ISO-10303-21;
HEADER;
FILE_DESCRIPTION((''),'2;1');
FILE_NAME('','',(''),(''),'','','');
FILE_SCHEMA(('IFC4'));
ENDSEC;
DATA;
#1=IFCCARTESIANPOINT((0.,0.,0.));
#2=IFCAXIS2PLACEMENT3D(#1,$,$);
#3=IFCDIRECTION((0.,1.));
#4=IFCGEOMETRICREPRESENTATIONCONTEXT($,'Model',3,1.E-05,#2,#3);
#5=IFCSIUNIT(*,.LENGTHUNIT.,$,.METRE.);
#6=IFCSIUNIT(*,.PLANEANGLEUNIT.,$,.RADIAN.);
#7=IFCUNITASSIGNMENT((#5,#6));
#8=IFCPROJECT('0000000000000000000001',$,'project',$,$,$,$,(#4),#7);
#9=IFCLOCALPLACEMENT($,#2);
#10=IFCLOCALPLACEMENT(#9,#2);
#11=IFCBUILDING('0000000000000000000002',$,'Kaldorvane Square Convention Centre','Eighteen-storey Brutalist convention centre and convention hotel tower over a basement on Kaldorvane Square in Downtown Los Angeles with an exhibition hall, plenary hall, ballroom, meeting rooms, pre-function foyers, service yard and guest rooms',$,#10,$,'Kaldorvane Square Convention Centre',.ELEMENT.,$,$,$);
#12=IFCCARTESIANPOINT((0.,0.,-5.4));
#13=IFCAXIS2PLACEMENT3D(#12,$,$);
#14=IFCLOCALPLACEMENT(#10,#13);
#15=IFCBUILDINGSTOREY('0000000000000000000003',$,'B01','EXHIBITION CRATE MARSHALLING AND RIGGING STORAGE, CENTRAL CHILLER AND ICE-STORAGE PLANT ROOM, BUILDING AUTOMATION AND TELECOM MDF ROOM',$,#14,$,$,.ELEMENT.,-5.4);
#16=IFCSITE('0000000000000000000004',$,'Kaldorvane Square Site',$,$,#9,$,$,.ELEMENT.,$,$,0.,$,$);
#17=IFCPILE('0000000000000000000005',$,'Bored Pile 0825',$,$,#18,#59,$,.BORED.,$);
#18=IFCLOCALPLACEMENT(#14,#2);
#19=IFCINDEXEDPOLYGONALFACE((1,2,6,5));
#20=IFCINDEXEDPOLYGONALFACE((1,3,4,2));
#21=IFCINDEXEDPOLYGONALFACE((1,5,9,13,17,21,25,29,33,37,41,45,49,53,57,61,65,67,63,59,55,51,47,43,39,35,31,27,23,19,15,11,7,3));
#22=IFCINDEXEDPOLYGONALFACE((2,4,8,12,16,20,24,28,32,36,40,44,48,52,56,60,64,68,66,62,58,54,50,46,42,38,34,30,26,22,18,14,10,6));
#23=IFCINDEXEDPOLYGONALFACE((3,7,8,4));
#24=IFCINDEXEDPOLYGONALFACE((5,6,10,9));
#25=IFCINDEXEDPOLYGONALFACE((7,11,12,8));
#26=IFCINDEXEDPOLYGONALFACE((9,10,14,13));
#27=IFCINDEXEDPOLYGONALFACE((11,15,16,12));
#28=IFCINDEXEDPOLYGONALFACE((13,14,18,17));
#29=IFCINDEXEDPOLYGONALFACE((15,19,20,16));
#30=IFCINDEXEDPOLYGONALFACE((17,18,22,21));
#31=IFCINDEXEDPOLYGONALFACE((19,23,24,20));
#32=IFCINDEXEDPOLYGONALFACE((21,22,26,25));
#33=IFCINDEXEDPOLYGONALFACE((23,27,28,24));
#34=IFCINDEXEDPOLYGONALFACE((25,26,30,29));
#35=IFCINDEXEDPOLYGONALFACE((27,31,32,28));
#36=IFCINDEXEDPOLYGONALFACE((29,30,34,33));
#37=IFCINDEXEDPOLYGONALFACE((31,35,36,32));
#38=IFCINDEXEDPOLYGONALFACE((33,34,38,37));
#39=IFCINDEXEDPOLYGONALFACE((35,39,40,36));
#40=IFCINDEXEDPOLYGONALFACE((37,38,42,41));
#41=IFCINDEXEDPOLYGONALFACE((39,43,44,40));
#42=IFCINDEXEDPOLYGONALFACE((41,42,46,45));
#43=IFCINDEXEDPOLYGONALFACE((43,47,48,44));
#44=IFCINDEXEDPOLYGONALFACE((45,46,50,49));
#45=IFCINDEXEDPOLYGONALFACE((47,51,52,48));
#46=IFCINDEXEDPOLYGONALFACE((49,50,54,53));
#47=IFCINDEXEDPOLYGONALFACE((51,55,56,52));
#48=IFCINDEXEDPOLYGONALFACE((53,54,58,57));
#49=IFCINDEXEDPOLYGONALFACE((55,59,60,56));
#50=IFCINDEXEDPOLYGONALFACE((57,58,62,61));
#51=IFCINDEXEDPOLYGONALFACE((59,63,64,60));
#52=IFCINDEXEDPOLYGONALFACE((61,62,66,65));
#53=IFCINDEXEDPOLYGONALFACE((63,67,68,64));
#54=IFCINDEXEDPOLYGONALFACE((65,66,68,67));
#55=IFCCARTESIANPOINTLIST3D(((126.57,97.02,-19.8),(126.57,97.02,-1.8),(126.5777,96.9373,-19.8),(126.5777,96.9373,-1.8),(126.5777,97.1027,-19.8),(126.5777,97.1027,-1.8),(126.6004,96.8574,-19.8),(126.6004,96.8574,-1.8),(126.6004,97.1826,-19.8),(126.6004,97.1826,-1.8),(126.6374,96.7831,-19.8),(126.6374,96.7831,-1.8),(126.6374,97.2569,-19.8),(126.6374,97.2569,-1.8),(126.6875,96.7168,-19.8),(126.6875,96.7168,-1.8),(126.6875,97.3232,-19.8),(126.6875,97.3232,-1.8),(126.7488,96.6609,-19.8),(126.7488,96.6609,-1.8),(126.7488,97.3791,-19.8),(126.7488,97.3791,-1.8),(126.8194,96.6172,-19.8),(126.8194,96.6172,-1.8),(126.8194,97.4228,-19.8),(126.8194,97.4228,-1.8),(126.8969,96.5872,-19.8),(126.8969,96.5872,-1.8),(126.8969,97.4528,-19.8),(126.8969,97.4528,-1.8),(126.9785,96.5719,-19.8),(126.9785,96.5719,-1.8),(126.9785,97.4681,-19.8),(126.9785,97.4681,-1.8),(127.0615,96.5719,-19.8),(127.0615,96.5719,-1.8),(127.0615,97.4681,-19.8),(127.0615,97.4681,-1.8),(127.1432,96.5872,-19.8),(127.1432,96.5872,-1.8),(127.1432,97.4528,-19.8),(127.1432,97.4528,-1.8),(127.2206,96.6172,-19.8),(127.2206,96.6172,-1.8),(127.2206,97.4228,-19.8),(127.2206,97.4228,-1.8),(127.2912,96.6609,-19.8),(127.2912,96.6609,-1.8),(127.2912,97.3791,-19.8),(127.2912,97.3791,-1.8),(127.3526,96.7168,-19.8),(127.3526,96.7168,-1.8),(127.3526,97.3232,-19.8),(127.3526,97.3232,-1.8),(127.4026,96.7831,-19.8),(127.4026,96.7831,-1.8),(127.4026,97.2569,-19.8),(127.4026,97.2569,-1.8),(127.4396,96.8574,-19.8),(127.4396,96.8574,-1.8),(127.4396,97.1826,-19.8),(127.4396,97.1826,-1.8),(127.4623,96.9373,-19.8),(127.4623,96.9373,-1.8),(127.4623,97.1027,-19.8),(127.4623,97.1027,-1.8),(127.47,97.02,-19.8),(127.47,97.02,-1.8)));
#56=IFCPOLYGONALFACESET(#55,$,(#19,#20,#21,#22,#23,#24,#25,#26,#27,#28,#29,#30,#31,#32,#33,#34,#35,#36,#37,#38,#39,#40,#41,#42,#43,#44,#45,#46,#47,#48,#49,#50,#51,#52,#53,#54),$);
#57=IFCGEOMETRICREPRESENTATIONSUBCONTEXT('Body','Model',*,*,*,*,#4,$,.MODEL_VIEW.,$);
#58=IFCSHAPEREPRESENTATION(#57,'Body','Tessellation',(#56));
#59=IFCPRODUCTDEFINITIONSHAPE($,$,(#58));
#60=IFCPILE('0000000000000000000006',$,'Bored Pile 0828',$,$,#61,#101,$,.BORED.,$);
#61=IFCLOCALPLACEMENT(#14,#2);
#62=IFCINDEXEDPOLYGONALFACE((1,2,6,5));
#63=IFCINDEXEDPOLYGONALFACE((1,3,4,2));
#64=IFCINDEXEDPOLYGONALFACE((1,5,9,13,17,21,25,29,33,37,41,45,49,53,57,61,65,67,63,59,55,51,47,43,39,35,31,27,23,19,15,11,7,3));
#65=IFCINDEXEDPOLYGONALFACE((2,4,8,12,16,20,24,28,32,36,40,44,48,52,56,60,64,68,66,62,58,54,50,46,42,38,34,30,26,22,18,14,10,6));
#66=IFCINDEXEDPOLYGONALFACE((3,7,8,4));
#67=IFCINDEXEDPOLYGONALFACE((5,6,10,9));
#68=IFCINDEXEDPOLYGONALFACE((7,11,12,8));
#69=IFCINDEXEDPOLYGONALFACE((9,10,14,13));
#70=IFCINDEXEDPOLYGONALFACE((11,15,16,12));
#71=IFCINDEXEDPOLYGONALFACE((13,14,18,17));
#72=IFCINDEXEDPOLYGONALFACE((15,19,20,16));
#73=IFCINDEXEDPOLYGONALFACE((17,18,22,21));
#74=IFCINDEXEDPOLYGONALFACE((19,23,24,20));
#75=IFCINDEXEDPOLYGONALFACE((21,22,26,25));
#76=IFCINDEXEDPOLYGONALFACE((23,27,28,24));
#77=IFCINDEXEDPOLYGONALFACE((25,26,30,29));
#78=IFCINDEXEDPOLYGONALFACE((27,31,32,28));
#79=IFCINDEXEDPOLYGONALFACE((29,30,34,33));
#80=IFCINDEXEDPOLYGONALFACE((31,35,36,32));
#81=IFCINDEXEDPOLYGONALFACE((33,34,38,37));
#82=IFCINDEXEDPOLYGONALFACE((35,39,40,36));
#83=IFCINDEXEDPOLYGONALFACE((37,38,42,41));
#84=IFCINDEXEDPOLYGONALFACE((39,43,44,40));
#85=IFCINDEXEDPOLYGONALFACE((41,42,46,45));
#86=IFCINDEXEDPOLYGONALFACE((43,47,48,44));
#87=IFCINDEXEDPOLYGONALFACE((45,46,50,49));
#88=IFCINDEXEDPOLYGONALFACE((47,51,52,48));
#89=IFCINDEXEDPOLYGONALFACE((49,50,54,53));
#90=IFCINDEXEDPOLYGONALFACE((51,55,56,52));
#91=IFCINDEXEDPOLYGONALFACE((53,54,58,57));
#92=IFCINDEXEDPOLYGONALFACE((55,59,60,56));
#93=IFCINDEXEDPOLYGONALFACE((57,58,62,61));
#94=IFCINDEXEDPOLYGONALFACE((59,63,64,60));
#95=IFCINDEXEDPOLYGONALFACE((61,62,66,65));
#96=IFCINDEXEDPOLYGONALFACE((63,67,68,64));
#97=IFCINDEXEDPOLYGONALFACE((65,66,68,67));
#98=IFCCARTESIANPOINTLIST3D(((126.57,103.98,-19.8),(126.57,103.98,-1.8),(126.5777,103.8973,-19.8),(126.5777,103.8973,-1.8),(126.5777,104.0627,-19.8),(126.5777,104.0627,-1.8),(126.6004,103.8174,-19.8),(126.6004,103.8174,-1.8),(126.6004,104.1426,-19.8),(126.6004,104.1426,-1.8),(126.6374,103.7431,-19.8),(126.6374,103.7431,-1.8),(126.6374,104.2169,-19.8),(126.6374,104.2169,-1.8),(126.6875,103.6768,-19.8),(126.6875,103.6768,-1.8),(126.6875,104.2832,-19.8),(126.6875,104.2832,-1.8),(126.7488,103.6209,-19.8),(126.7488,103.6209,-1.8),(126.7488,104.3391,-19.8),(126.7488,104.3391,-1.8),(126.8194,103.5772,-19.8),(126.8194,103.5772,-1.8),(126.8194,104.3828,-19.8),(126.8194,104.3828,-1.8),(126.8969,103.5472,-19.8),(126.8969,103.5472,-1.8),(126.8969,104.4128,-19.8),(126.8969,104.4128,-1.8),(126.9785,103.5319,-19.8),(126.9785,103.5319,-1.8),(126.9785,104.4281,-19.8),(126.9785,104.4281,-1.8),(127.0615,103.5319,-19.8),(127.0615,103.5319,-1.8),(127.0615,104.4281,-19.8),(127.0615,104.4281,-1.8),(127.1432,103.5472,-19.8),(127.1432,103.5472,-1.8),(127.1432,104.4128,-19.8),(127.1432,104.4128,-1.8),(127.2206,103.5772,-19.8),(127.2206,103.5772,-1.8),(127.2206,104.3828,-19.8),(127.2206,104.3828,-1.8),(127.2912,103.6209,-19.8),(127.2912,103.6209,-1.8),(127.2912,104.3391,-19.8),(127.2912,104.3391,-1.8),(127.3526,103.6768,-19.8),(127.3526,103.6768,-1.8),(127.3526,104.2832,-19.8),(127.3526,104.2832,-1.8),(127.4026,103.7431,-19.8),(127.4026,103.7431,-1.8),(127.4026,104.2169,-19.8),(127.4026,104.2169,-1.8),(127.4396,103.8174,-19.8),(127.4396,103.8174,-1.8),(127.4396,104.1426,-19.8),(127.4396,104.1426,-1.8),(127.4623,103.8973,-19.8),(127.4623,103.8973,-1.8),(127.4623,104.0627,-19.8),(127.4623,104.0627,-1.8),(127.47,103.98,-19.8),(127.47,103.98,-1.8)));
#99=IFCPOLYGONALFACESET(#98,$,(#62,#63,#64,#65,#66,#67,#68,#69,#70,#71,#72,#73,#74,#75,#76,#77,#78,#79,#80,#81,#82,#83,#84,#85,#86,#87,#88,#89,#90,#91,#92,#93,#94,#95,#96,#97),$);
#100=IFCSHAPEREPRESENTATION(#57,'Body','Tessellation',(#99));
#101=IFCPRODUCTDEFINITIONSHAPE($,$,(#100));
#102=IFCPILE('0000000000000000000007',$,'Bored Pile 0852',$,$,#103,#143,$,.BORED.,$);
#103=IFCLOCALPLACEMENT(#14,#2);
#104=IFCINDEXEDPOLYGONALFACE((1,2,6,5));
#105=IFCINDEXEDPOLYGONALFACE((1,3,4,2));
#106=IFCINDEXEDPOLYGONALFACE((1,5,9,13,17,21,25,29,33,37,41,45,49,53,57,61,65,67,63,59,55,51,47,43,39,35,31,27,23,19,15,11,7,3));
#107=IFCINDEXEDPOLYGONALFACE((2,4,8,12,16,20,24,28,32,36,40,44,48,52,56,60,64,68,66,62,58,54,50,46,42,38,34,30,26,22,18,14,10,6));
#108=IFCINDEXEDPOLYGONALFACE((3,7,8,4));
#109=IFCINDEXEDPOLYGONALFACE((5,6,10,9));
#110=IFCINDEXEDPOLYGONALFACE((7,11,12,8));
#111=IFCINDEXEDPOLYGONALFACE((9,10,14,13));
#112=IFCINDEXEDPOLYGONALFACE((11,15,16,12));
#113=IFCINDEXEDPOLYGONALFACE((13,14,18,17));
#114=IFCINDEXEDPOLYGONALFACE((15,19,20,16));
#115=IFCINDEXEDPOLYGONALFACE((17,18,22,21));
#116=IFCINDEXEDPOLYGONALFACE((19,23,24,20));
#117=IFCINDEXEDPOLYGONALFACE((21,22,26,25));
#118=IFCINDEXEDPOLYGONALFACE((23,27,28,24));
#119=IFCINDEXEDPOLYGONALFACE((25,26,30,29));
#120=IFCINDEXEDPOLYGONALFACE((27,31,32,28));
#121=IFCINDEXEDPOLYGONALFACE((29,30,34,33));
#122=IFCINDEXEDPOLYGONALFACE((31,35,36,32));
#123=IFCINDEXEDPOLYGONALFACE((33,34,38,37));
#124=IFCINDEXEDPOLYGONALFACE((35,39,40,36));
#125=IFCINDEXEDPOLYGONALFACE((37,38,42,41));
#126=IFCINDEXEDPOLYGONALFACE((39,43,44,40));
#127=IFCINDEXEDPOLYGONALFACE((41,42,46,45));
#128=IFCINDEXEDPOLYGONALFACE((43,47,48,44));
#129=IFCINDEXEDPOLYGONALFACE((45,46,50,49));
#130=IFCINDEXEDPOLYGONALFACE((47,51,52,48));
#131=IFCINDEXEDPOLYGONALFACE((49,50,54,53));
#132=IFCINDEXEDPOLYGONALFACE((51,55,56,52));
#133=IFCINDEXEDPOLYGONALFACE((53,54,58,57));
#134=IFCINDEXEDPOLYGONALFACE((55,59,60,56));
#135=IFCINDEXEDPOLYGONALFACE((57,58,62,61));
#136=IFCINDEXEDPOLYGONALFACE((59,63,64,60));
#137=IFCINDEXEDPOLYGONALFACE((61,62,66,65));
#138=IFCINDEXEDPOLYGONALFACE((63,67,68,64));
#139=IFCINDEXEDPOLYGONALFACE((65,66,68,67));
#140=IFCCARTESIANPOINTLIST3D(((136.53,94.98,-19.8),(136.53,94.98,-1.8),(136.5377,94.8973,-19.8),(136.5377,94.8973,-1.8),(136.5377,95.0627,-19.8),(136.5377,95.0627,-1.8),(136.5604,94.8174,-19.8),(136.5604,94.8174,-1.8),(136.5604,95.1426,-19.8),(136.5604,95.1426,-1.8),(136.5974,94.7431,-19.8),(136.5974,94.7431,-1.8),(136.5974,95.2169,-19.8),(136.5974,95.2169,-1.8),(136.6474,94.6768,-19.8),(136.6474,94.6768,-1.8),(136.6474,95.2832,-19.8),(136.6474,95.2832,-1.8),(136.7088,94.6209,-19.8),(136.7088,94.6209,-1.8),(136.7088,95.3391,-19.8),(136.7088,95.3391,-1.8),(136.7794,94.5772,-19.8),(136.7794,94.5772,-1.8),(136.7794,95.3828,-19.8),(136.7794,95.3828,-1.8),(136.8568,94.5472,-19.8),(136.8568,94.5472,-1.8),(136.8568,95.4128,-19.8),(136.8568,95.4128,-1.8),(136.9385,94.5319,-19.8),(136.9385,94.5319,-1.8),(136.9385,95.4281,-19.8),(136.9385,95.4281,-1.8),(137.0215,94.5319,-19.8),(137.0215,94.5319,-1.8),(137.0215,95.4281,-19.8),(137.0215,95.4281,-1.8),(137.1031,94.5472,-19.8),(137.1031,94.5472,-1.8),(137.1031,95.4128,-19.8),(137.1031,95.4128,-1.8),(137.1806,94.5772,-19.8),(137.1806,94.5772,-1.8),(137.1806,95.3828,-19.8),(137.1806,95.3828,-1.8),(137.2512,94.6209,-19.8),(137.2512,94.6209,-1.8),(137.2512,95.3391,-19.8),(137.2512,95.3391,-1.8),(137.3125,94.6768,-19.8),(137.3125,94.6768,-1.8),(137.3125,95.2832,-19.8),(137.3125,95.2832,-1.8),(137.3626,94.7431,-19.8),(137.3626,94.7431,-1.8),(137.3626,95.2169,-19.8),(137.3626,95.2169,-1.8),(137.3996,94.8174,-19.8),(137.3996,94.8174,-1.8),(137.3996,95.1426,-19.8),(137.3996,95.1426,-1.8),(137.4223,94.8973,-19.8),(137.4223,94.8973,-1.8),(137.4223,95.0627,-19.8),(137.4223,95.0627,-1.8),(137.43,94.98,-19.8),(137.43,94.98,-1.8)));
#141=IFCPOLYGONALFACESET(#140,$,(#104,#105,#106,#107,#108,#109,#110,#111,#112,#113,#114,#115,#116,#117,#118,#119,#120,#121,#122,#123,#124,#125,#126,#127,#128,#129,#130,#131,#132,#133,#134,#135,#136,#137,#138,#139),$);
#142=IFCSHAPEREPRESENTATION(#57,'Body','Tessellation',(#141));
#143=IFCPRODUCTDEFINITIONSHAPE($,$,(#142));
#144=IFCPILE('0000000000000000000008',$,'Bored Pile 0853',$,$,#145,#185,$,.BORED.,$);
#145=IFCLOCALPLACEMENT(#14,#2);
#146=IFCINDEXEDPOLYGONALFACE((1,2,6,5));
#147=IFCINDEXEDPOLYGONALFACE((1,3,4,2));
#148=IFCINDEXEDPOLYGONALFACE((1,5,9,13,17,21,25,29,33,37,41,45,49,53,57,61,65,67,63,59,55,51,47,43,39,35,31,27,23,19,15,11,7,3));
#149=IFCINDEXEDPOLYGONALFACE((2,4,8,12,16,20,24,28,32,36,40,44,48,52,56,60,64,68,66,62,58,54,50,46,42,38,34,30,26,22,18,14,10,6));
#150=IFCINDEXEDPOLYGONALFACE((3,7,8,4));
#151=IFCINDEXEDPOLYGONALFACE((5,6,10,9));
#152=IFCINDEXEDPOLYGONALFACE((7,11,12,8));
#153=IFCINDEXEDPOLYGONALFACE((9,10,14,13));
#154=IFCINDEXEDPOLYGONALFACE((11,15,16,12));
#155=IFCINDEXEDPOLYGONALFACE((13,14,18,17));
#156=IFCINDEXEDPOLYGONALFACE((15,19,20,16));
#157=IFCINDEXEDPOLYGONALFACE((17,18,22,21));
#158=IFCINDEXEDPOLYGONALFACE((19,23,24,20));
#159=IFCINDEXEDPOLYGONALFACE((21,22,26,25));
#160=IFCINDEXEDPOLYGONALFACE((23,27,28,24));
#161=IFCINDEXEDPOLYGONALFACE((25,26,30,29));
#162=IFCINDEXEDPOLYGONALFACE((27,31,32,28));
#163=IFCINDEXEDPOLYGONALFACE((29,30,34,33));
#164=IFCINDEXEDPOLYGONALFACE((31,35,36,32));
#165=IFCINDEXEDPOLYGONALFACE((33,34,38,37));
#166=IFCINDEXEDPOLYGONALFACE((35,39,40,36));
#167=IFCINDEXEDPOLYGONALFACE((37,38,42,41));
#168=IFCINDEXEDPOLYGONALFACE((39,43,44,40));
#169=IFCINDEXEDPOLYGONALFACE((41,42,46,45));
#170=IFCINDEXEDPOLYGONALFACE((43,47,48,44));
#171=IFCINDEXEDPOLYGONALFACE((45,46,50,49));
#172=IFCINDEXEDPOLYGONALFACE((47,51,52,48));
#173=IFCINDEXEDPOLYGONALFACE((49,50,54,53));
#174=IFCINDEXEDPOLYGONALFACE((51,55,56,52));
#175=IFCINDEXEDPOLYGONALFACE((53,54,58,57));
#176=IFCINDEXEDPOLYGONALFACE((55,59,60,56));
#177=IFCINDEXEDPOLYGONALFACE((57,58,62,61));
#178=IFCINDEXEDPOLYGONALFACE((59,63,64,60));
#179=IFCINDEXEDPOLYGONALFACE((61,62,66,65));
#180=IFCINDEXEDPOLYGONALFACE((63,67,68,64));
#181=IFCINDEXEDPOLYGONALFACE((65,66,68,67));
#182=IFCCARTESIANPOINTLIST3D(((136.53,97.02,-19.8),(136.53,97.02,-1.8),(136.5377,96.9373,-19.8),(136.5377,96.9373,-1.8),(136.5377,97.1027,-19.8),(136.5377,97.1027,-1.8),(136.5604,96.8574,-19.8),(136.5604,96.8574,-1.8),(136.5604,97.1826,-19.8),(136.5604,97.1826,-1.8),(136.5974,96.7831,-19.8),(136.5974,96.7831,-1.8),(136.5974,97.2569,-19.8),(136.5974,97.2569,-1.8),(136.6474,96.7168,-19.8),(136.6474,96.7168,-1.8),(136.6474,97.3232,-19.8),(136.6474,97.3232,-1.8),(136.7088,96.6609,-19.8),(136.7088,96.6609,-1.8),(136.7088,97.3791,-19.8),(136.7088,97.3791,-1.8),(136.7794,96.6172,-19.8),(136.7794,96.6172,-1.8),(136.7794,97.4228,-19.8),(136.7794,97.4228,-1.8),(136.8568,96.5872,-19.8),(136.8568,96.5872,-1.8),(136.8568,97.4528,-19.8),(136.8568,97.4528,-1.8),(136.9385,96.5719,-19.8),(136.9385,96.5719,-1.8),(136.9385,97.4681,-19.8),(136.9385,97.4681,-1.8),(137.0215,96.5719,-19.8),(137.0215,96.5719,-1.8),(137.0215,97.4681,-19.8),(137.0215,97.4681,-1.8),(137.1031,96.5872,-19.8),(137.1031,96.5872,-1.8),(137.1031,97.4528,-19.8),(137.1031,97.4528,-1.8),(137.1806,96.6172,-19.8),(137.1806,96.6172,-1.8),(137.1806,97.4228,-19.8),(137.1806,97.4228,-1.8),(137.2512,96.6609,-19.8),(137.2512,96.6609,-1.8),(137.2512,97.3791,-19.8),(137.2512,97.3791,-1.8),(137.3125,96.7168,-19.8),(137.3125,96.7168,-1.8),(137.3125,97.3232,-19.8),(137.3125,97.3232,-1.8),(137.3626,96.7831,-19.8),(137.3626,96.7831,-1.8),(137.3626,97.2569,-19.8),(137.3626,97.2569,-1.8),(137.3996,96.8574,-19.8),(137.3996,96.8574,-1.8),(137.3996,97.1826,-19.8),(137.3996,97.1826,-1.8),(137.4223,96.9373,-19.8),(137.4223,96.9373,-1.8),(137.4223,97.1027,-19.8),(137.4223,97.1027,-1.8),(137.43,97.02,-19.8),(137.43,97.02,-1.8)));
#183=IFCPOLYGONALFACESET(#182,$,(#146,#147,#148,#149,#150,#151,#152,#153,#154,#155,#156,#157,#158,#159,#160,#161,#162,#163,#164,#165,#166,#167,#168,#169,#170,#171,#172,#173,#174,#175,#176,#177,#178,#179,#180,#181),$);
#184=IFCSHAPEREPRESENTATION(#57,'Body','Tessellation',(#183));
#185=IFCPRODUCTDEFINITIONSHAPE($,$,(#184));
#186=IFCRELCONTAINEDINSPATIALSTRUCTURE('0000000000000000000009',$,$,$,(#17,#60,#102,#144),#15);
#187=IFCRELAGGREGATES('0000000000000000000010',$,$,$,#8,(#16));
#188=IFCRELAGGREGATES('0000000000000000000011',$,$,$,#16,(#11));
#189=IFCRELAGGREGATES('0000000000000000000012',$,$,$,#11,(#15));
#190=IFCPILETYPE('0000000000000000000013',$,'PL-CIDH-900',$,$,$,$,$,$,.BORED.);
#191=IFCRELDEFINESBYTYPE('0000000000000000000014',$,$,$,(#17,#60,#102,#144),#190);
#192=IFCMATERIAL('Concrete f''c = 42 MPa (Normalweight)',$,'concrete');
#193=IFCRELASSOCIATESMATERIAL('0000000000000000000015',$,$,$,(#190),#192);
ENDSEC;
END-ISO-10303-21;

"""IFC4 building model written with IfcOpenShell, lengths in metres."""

from ifc_helpers import new_model, si_unit, direction, frame, origin, origin_2d, place, context, subcontext, project, spatial, circle, extrude, material, material_profile, profile_set, type_object, element, save


model = new_model("IFC4")

# Units and contexts
model_context = context("Model", 3, precision=1e-05, world=origin(), true_north=direction((0.0, 1.0)))
body_context = subcontext(model_context, "Body", "Model", "MODEL_VIEW")
ifc_project = project(units=[si_unit("LENGTHUNIT", "METRE"), si_unit("PLANEANGLEUNIT", "RADIAN")], contexts=[model_context])

# Site, building, storey
site_placement = place(None, origin())
site = spatial("IfcSite", under=ifc_project, at=site_placement, Name="Kaldorvane Square Site", CompositionType="ELEMENT", RefElevation=0.0)
building_placement = place(site_placement, origin())
building = spatial("IfcBuilding", under=site, at=building_placement, Name="Kaldorvane Square Convention Centre", Description="Eighteen-storey Brutalist convention centre and convention hotel tower over a basement on Kaldorvane Square in Downtown Los Angeles with an exhibition hall, plenary hall, ballroom, meeting rooms, pre-function foyers, service yard and guest rooms", LongName="Kaldorvane Square Convention Centre", CompositionType="ELEMENT")
storey_placement = place(building_placement, frame((0.0, 0.0, -5.4)))
storey = spatial("IfcBuildingStorey", under=building, at=storey_placement, Name="B01", Description="EXHIBITION CRATE MARSHALLING AND RIGGING STORAGE, CENTRAL CHILLER AND ICE-STORAGE PLANT ROOM, BUILDING AUTOMATION AND TELECOM MDF ROOM", CompositionType="ELEMENT", Elevation=-5.4)

# Shared definitions
ifc_material_1 = material(Name="Concrete f'c = 42 MPa (Normalweight)", Category="concrete")

# Piles
ifc_material_profile_1 = material_profile(ifc_material_1, circle(Radius=0.45, at=origin_2d()), Name="PILE-D900")
ifc_profile_set_1 = profile_set([ifc_material_profile_1], Name="Concrete f'c = 42 MPa (Normalweight)")
pile_type_1 = type_object("IfcPileType", Name="PL-CIDH-900", PredefinedType="BORED", material=ifc_profile_set_1)
for number, where, z_axis, x_axis, name in (
    (1, (127.02, 97.02, -1.8), (0.0, 0.0, -1.0), (1.0, 0.0, 0.0), "Bored Pile 0825"),
    (2, (127.02, 103.98, -1.8), (0.0, 0.0, -1.0), (1.0, 0.0, 0.0), "Bored Pile 0828"),
    (3, (136.98, 94.98, -1.8), (0.0, 0.0, -1.0), (1.0, 0.0, 0.0), "Bored Pile 0852"),
    (4, (136.98, 97.02, -1.8), (0.0, 0.0, -1.0), (1.0, 0.0, 0.0), "Bored Pile 0853"),
):
    element("IfcPile", number, at=place(storey_placement, frame(where, z_axis=z_axis, x_axis=x_axis)), inside=storey, type_object=pile_type_1, Name=name, PredefinedType="BORED", context=body_context, shape_type="SweptSolid", body=[
        extrude(circle(Radius=0.45, at=origin_2d()), origin(), (0.0, 0.0, 1.0), 18.0),
    ])

save(model, "model.ifc")
